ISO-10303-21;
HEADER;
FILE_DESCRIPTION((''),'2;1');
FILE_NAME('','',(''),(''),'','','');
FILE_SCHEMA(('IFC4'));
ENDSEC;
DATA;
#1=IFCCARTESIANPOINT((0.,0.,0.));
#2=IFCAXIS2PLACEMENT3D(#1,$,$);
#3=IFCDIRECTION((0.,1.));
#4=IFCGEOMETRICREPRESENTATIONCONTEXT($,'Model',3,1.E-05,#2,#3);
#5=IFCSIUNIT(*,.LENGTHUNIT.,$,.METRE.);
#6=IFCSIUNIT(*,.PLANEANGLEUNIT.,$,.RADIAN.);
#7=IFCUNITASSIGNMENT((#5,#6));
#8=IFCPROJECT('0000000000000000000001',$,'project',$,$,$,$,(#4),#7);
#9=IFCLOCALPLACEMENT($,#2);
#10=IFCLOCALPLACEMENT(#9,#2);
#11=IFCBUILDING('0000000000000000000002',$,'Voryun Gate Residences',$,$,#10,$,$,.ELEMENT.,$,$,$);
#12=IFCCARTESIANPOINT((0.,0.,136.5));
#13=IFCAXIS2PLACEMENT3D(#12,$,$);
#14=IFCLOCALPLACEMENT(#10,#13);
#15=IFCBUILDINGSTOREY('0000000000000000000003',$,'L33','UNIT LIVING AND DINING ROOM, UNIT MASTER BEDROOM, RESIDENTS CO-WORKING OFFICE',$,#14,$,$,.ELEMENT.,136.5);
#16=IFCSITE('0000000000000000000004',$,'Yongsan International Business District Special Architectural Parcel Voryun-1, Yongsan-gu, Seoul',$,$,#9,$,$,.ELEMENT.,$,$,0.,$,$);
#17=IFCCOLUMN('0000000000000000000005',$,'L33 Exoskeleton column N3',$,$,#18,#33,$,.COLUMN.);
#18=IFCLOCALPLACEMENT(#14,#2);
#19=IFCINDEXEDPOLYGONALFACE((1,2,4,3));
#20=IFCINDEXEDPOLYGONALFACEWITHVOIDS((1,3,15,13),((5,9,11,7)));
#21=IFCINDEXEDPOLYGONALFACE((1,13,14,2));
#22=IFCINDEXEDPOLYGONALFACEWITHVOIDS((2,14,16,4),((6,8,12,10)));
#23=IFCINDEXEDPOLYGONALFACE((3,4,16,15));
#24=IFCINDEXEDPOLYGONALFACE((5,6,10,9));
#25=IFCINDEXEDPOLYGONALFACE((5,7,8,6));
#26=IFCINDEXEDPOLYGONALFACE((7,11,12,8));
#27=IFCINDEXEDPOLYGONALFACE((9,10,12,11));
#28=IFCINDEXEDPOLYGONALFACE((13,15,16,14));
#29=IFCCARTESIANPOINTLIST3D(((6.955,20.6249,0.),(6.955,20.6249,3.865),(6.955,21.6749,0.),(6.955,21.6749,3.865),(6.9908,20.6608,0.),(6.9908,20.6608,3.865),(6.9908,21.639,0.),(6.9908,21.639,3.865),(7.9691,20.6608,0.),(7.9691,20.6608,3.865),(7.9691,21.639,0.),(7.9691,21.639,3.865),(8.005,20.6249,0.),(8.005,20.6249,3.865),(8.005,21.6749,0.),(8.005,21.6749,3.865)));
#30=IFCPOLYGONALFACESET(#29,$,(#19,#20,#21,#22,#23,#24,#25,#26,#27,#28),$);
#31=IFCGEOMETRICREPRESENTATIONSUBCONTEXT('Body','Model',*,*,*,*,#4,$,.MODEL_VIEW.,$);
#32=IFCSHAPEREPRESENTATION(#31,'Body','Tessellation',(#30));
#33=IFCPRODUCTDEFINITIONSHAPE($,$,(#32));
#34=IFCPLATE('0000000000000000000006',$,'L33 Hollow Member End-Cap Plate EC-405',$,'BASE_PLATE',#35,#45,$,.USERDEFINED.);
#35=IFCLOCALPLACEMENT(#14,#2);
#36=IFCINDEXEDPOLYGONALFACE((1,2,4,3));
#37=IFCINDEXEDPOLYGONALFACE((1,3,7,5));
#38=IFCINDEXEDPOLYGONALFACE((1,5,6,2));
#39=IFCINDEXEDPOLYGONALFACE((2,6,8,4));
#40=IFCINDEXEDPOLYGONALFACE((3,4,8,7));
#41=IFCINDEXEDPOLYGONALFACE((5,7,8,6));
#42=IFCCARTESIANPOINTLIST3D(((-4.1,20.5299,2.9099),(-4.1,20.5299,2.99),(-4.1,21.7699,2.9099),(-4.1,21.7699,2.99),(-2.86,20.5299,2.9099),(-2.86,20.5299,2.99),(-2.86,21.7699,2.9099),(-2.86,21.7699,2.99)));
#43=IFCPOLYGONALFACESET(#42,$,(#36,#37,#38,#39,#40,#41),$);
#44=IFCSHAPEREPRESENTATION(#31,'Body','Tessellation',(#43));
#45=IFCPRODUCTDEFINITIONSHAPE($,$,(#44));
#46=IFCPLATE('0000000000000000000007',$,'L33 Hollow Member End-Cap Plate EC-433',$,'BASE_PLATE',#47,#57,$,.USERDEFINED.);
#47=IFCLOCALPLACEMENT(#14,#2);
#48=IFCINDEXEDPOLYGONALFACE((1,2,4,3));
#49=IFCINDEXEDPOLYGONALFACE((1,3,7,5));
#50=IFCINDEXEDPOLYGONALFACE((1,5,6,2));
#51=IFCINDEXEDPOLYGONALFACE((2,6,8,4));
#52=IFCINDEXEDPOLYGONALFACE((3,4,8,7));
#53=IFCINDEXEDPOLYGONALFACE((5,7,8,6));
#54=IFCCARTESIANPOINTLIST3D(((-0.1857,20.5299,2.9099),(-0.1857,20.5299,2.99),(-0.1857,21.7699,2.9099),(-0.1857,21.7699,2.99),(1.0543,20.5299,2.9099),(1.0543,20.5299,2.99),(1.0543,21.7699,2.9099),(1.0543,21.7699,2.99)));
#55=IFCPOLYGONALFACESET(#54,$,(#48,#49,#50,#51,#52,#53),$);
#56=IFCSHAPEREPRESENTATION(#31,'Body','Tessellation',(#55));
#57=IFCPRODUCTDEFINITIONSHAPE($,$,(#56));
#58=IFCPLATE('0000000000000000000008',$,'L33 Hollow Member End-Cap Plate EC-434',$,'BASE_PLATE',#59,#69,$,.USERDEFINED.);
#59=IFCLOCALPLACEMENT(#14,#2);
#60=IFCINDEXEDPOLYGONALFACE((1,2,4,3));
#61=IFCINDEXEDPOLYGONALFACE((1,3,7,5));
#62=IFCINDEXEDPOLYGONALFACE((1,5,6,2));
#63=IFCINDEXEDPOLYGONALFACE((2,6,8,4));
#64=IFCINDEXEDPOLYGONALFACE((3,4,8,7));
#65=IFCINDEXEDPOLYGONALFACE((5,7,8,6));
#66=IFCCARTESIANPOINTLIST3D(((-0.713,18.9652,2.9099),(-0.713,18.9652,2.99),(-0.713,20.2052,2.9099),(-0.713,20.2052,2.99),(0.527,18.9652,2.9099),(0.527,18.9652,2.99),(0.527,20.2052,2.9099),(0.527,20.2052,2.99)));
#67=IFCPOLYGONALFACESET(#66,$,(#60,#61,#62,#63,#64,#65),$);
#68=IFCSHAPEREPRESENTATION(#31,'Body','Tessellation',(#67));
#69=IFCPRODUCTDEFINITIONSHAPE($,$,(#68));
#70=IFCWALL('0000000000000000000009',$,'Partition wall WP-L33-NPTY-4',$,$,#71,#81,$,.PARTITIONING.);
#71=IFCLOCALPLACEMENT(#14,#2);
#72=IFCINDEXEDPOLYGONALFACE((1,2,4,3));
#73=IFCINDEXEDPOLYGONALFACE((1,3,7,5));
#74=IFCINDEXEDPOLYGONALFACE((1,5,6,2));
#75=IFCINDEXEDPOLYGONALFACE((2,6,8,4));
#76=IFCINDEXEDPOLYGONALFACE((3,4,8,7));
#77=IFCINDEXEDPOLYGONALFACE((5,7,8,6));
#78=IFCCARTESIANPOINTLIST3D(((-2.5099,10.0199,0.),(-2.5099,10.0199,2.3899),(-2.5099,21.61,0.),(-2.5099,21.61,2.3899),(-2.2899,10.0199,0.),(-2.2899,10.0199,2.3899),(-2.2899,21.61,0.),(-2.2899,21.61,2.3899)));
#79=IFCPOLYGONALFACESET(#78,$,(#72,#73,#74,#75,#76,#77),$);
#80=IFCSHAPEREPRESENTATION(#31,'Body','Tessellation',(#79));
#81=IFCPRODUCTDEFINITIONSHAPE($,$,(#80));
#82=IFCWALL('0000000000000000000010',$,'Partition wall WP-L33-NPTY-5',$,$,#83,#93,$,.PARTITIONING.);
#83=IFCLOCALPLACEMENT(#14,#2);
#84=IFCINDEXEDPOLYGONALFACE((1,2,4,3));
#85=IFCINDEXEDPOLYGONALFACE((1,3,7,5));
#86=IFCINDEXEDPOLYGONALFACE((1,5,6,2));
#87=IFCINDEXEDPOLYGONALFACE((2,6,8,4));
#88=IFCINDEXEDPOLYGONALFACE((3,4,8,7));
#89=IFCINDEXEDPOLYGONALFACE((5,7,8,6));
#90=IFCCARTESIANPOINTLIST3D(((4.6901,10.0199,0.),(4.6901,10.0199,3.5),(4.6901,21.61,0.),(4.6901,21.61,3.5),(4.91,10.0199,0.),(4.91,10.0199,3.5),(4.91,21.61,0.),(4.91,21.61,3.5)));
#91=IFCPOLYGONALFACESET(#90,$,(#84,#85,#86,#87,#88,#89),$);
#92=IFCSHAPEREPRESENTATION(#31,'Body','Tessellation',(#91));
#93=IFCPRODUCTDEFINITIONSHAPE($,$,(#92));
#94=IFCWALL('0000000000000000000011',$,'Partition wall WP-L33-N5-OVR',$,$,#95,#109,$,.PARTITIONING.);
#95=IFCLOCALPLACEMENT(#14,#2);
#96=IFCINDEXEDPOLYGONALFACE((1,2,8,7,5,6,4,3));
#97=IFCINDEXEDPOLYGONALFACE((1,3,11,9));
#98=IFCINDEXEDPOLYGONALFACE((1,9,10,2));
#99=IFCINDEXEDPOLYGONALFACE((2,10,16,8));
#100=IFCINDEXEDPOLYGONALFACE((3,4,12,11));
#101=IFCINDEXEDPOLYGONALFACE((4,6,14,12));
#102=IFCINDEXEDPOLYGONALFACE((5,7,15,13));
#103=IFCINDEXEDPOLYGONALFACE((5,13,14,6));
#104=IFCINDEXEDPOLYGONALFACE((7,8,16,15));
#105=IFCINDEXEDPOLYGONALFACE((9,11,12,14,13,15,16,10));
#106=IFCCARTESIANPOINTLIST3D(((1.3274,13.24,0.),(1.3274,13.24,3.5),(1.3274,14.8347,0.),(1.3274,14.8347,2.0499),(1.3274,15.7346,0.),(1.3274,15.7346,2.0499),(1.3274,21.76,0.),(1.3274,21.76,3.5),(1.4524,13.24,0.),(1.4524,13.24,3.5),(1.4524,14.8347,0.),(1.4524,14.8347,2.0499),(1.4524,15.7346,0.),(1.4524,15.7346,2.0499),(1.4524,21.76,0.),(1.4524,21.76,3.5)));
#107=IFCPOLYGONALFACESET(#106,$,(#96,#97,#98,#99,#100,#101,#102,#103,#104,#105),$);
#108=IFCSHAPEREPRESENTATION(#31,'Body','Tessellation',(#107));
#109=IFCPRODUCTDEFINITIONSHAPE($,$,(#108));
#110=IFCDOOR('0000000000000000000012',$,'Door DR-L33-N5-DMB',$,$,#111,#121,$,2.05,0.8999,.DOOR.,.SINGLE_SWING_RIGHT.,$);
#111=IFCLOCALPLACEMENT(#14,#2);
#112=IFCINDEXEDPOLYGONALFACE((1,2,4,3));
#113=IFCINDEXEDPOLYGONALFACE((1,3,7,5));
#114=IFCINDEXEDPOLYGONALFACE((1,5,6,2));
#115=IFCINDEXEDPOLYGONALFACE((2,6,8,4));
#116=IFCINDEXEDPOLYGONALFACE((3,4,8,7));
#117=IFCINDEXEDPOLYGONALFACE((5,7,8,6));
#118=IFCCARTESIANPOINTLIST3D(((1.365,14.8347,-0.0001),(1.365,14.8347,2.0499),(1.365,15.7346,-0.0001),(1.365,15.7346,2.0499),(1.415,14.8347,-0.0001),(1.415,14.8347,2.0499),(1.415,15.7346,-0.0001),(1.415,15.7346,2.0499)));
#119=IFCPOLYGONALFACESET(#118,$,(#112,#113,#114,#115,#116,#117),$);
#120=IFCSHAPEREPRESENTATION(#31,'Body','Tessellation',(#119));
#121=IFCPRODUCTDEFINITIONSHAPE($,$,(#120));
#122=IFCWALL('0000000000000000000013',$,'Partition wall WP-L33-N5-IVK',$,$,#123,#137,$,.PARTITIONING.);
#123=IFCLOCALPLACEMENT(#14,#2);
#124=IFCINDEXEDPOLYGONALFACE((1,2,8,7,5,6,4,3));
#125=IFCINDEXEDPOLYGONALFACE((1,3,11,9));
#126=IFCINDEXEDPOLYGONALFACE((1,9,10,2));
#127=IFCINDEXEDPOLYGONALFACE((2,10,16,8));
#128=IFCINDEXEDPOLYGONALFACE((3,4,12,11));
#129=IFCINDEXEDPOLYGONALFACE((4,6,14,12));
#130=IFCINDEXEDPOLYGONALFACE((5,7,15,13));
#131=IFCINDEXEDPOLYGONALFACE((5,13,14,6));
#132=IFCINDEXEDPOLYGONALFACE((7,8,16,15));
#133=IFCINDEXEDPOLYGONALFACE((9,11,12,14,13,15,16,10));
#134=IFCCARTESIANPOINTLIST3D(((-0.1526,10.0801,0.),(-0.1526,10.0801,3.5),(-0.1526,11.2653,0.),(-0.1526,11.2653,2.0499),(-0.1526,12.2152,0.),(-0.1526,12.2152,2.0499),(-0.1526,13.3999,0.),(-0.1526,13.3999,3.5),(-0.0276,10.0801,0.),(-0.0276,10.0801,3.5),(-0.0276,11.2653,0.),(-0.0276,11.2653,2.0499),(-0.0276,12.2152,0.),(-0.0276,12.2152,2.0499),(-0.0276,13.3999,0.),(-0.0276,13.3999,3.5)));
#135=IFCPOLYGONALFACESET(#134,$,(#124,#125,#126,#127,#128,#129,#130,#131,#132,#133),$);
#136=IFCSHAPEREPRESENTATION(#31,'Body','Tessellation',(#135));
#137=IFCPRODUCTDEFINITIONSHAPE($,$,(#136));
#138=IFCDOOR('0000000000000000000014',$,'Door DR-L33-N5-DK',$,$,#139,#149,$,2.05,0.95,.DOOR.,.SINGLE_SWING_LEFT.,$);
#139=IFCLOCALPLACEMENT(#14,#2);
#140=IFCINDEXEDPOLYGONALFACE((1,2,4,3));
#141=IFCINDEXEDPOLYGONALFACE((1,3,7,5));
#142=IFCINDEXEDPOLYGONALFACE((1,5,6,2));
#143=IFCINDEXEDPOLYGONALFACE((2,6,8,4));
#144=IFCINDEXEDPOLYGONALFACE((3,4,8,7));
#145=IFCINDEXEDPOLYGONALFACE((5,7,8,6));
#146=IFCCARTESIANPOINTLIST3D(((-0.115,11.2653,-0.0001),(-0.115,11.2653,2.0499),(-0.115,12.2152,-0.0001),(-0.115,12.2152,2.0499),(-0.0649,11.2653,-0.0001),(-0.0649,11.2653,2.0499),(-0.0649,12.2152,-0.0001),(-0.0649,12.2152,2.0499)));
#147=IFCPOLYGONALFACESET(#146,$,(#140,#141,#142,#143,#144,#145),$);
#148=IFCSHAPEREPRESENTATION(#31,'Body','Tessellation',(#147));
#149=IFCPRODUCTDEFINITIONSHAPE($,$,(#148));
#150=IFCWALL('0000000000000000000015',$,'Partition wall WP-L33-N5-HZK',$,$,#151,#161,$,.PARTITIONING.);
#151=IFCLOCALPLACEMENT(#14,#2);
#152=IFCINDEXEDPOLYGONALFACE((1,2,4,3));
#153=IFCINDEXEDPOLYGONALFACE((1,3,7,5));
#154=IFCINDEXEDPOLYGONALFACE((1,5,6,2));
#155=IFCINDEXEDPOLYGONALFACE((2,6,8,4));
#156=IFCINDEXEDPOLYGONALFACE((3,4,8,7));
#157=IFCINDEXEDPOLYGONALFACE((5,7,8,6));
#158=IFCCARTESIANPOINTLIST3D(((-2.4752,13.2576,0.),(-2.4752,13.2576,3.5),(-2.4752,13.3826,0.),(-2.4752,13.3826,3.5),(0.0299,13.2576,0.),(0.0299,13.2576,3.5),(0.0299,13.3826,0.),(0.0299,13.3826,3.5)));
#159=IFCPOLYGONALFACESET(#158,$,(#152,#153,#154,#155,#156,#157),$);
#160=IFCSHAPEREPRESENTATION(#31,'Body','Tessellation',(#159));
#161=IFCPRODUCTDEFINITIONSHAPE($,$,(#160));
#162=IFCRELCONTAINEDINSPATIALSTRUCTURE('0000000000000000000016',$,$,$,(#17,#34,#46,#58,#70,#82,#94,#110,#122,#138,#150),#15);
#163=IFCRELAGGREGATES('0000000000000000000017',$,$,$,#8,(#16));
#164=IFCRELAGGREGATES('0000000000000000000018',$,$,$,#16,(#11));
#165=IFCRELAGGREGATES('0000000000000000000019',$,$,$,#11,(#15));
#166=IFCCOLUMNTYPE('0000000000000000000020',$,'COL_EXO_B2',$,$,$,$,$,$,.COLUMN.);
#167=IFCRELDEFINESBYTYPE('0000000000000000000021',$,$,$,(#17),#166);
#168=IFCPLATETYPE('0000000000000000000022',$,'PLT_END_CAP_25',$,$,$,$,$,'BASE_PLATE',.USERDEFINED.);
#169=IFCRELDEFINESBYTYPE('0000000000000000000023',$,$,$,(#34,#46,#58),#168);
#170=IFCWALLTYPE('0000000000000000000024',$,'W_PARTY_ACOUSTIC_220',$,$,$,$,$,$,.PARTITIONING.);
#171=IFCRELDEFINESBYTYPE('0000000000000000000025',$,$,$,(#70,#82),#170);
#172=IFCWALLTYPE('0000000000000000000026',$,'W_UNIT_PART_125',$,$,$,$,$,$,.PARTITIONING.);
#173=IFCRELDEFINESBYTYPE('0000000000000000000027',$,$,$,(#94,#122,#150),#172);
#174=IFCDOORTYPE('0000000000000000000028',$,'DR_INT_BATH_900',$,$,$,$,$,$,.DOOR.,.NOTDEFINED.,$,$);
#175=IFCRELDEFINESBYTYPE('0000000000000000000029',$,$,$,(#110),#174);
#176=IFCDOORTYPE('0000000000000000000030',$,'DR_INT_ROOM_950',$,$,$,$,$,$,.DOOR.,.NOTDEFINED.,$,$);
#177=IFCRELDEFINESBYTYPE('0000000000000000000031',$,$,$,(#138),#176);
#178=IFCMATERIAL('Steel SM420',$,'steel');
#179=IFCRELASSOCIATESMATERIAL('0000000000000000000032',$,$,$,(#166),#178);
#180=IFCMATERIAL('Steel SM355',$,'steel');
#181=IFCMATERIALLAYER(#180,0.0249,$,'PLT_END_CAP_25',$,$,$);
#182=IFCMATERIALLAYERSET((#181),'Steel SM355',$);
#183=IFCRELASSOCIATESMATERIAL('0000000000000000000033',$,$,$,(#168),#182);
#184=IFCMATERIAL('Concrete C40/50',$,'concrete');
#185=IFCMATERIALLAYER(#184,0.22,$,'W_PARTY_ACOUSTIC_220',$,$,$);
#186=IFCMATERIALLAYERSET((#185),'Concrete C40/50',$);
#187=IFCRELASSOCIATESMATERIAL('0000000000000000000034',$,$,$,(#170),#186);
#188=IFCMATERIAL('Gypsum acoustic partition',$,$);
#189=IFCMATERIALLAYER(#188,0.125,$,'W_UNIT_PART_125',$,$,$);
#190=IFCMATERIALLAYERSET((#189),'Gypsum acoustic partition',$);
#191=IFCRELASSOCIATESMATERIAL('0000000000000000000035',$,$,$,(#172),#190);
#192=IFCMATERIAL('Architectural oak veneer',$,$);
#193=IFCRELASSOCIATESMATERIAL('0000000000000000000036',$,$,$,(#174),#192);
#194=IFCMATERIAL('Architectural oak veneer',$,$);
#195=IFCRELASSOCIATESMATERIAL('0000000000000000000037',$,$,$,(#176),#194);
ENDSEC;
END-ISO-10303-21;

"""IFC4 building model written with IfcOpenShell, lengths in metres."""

from ifc_helpers import new_model, si_unit, direction, frame, frame_2d, origin, origin_2d, place, context, subcontext, project, spatial, rectangle, hollow_rectangle, extrude, material, layer, layer_set, material_profile, profile_set, type_object, element, fill, save


model = new_model("IFC4")

# Units and contexts
model_context = context("Model", 3, precision=1e-05, world=origin(), true_north=direction((0.0, 1.0)))
body_context = subcontext(model_context, "Body", "Model", "MODEL_VIEW")
ifc_project = project(units=[si_unit("LENGTHUNIT", "METRE"), si_unit("PLANEANGLEUNIT", "RADIAN")], contexts=[model_context])

# Site, building, storey
site_placement = place(None, origin())
site = spatial("IfcSite", under=ifc_project, at=site_placement, Name="Yongsan International Business District Special Architectural Parcel Voryun-1, Yongsan-gu, Seoul", CompositionType="ELEMENT", RefElevation=0.0)
building_placement = place(site_placement, origin())
building = spatial("IfcBuilding", under=site, at=building_placement, Name="Voryun Gate Residences", CompositionType="ELEMENT")
storey_placement = place(building_placement, frame((0.0, 0.0, 136.5)))
storey = spatial("IfcBuildingStorey", under=building, at=storey_placement, Name="L33", Description="UNIT LIVING AND DINING ROOM, UNIT MASTER BEDROOM, RESIDENTS CO-WORKING OFFICE", CompositionType="ELEMENT", Elevation=136.5)

# Column
ifc_material_1 = material(Name="Steel SM420", Category="steel")
ifc_material_profile = material_profile(ifc_material_1, hollow_rectangle(XDim=1.05, YDim=1.05, WallThickness=0.0359, at=origin_2d()), Name="BOX-1050x1050x36")
ifc_profile_set = profile_set([ifc_material_profile], Name="Steel SM420")
column_type = type_object("IfcColumnType", Name="COL_EXO_B2", PredefinedType="COLUMN", material=ifc_profile_set)
column_placement = place(storey_placement, frame((7.48, 21.1499, 0.0), z_axis=(0.0, 0.0, 1.0), x_axis=(1.0, 0.0, 0.0)))
element("IfcColumn", 1, at=column_placement, inside=storey, type_object=column_type, Name="L33 Exoskeleton column N3", PredefinedType="COLUMN", context=body_context, shape_type="SweptSolid", body=[
    extrude(hollow_rectangle(XDim=1.05, YDim=1.05, WallThickness=0.0359, at=origin_2d()), origin(), (0.0, 0.0, 1.0), 3.865),
])

# Plates
ifc_material_2 = material(Name="Steel SM355", Category="steel")
ifc_layer_1 = layer(ifc_material_2, 0.0249, Name="PLT_END_CAP_25")
ifc_layer_set_1 = layer_set([ifc_layer_1], Name="Steel SM355")
plate_type = type_object("IfcPlateType", Name="PLT_END_CAP_25", ElementType="BASE_PLATE", PredefinedType="USERDEFINED", material=ifc_layer_set_1)
for number, where, z_axis, x_axis, name in (
    (2, (-3.48, 21.1499, 2.9099), (0.0, 0.0, 1.0), (1.0, 0.0, 0.0), "L33 Hollow Member End-Cap Plate EC-405"),
    (3, (0.4343, 21.1499, 2.9099), (0.0, 0.0, 1.0), (1.0, 0.0, 0.0), "L33 Hollow Member End-Cap Plate EC-433"),
    (4, (-0.093, 19.5852, 2.9099), (0.0, 0.0, 1.0), (1.0, 0.0, 0.0), "L33 Hollow Member End-Cap Plate EC-434"),
):
    element("IfcPlate", number, at=place(storey_placement, frame(where, z_axis=z_axis, x_axis=x_axis)), inside=storey, type_object=plate_type, Name=name, ObjectType="BASE_PLATE", PredefinedType="USERDEFINED", context=body_context, shape_type="SweptSolid", body=[
        extrude(rectangle(XDim=1.24, YDim=1.24, at=origin_2d()), origin(), (0.0, 0.0, 1.0), 0.0801),
    ])

# Walls
ifc_material_3 = material(Name="Concrete C40/50", Category="concrete")
ifc_layer_2 = layer(ifc_material_3, 0.22, Name="W_PARTY_ACOUSTIC_220")
ifc_layer_set_2 = layer_set([ifc_layer_2], Name="Concrete C40/50")
wall_type_1 = type_object("IfcWallType", Name="W_PARTY_ACOUSTIC_220", PredefinedType="PARTITIONING", material=ifc_layer_set_2)
wall_1_placement = place(storey_placement, frame((-2.3999, 10.02, 0.0), z_axis=(0.0, 0.0, 1.0), x_axis=(0.0, 1.0, 0.0)))
element("IfcWall", 5, at=wall_1_placement, inside=storey, type_object=wall_type_1, Name="Partition wall WP-L33-NPTY-4", PredefinedType="PARTITIONING", context=body_context, shape_type="SweptSolid", body=[
    extrude(rectangle(XDim=11.5901, YDim=0.22, at=frame_2d((5.7949, 0.0))), origin(), (0.0, 0.0, 1.0), 2.3899),
])
wall_2_placement = place(storey_placement, frame((4.8, 10.02, 0.0), z_axis=(0.0, 0.0, 1.0), x_axis=(0.0, 1.0, 0.0)))
element("IfcWall", 6, at=wall_2_placement, inside=storey, type_object=wall_type_1, Name="Partition wall WP-L33-NPTY-5", PredefinedType="PARTITIONING", context=body_context, shape_type="SweptSolid", body=[
    extrude(rectangle(XDim=11.5901, YDim=0.22, at=frame_2d((5.7949, 0.0))), origin(), (0.0, 0.0, 1.0), 3.5),
])

# Walls, openings, doors
ifc_material_4 = material(Name="Gypsum acoustic partition")
ifc_layer_3 = layer(ifc_material_4, 0.125, Name="W_UNIT_PART_125")
ifc_layer_set_3 = layer_set([ifc_layer_3], Name="Gypsum acoustic partition")
wall_type_2 = type_object("IfcWallType", Name="W_UNIT_PART_125", PredefinedType="PARTITIONING", material=ifc_layer_set_3)
wall_3_placement = place(storey_placement, frame((1.3899, 13.24, 0.0), z_axis=(0.0, 0.0, 1.0), x_axis=(0.0, 1.0, 0.0)))
wall_3 = element("IfcWall", 7, at=wall_3_placement, inside=storey, type_object=wall_type_2, Name="Partition wall WP-L33-N5-OVR", PredefinedType="PARTITIONING", context=body_context, shape_type="SweptSolid", body=[
    extrude(rectangle(XDim=8.52, YDim=0.125, at=frame_2d((4.26, 0.0))), origin(), (0.0, 0.0, 1.0), 3.5),
])
opening_1_placement = place(wall_3_placement, frame((1.5947, 0.0, 0.0)))
opening_1 = element("IfcOpeningElement", 8, at=opening_1_placement, cuts=wall_3, PredefinedType="OPENING", context=body_context, shape_type="SweptSolid", body=[
    extrude(rectangle(XDim=0.8999, YDim=2.05, at=frame_2d((0.45, 1.0249))), frame((0.0, 0.0725, 0.0), z_axis=(0.0, -1.0, 0.0), x_axis=(1.0, 0.0, 0.0)), (0.0, 0.0, 1.0), 0.145),
])
ifc_material_5 = material(Name="Architectural oak veneer")
door_type_1 = type_object("IfcDoorType", Name="DR_INT_BATH_900", OperationType="NOTDEFINED", PredefinedType="DOOR", material=ifc_material_5)
door_1_placement = place(opening_1_placement, origin())
door_1 = element("IfcDoor", 9, at=door_1_placement, inside=storey, type_object=door_type_1, Name="Door DR-L33-N5-DMB", OperationType="SINGLE_SWING_RIGHT", OverallHeight=2.05, OverallWidth=0.8999, PredefinedType="DOOR", context=body_context, shape_type="SweptSolid", body=[
    extrude(rectangle(XDim=0.8999, YDim=2.05, at=frame_2d((0.45, 1.0249))), frame((0.0, 0.0249, 0.0), z_axis=(0.0, -1.0, 0.0), x_axis=(1.0, 0.0, 0.0)), (0.0, 0.0, 1.0), 0.05),
])
fill(opening_1, door_1)
wall_4_placement = place(storey_placement, frame((-0.0901, 10.0801, 0.0), z_axis=(0.0, 0.0, 1.0), x_axis=(0.0, 1.0, 0.0)))
wall_4 = element("IfcWall", 10, at=wall_4_placement, inside=storey, type_object=wall_type_2, Name="Partition wall WP-L33-N5-IVK", PredefinedType="PARTITIONING", context=body_context, shape_type="SweptSolid", body=[
    extrude(rectangle(XDim=3.3198, YDim=0.125, at=frame_2d((1.6599, 0.0))), origin(), (0.0, 0.0, 1.0), 3.5),
])
opening_2_placement = place(wall_4_placement, frame((1.1851, 0.0, 0.0)))
opening_2 = element("IfcOpeningElement", 11, at=opening_2_placement, cuts=wall_4, PredefinedType="OPENING", context=body_context, shape_type="SweptSolid", body=[
    extrude(rectangle(XDim=0.95, YDim=2.05, at=frame_2d((0.4751, 1.0249))), frame((0.0, 0.0725, 0.0), z_axis=(0.0, -1.0, 0.0), x_axis=(1.0, 0.0, 0.0)), (0.0, 0.0, 1.0), 0.145),
])
ifc_material_6 = material(Name="Architectural oak veneer")
door_type_2 = type_object("IfcDoorType", Name="DR_INT_ROOM_950", OperationType="NOTDEFINED", PredefinedType="DOOR", material=ifc_material_6)
door_2_placement = place(opening_2_placement, origin())
door_2 = element("IfcDoor", 12, at=door_2_placement, inside=storey, type_object=door_type_2, Name="Door DR-L33-N5-DK", OperationType="SINGLE_SWING_LEFT", OverallHeight=2.05, OverallWidth=0.95, PredefinedType="DOOR", context=body_context, shape_type="SweptSolid", body=[
    extrude(rectangle(XDim=0.95, YDim=2.05, at=frame_2d((0.4751, 1.0249))), frame((0.0, 0.0249, 0.0), z_axis=(0.0, -1.0, 0.0), x_axis=(1.0, 0.0, 0.0)), (0.0, 0.0, 1.0), 0.05),
])
fill(opening_2, door_2)

# Wall
wall_5_placement = place(storey_placement, frame((-2.4751, 13.3201, 0.0), z_axis=(0.0, 0.0, 1.0), x_axis=(1.0, 0.0, 0.0)))
element("IfcWall", 13, at=wall_5_placement, inside=storey, type_object=wall_type_2, Name="Partition wall WP-L33-N5-HZK", PredefinedType="PARTITIONING", context=body_context, shape_type="SweptSolid", body=[
    extrude(rectangle(XDim=2.5051, YDim=0.125, at=frame_2d((1.2524, 0.0))), origin(), (0.0, 0.0, 1.0), 3.5),
])

save(model, "model.ifc")
